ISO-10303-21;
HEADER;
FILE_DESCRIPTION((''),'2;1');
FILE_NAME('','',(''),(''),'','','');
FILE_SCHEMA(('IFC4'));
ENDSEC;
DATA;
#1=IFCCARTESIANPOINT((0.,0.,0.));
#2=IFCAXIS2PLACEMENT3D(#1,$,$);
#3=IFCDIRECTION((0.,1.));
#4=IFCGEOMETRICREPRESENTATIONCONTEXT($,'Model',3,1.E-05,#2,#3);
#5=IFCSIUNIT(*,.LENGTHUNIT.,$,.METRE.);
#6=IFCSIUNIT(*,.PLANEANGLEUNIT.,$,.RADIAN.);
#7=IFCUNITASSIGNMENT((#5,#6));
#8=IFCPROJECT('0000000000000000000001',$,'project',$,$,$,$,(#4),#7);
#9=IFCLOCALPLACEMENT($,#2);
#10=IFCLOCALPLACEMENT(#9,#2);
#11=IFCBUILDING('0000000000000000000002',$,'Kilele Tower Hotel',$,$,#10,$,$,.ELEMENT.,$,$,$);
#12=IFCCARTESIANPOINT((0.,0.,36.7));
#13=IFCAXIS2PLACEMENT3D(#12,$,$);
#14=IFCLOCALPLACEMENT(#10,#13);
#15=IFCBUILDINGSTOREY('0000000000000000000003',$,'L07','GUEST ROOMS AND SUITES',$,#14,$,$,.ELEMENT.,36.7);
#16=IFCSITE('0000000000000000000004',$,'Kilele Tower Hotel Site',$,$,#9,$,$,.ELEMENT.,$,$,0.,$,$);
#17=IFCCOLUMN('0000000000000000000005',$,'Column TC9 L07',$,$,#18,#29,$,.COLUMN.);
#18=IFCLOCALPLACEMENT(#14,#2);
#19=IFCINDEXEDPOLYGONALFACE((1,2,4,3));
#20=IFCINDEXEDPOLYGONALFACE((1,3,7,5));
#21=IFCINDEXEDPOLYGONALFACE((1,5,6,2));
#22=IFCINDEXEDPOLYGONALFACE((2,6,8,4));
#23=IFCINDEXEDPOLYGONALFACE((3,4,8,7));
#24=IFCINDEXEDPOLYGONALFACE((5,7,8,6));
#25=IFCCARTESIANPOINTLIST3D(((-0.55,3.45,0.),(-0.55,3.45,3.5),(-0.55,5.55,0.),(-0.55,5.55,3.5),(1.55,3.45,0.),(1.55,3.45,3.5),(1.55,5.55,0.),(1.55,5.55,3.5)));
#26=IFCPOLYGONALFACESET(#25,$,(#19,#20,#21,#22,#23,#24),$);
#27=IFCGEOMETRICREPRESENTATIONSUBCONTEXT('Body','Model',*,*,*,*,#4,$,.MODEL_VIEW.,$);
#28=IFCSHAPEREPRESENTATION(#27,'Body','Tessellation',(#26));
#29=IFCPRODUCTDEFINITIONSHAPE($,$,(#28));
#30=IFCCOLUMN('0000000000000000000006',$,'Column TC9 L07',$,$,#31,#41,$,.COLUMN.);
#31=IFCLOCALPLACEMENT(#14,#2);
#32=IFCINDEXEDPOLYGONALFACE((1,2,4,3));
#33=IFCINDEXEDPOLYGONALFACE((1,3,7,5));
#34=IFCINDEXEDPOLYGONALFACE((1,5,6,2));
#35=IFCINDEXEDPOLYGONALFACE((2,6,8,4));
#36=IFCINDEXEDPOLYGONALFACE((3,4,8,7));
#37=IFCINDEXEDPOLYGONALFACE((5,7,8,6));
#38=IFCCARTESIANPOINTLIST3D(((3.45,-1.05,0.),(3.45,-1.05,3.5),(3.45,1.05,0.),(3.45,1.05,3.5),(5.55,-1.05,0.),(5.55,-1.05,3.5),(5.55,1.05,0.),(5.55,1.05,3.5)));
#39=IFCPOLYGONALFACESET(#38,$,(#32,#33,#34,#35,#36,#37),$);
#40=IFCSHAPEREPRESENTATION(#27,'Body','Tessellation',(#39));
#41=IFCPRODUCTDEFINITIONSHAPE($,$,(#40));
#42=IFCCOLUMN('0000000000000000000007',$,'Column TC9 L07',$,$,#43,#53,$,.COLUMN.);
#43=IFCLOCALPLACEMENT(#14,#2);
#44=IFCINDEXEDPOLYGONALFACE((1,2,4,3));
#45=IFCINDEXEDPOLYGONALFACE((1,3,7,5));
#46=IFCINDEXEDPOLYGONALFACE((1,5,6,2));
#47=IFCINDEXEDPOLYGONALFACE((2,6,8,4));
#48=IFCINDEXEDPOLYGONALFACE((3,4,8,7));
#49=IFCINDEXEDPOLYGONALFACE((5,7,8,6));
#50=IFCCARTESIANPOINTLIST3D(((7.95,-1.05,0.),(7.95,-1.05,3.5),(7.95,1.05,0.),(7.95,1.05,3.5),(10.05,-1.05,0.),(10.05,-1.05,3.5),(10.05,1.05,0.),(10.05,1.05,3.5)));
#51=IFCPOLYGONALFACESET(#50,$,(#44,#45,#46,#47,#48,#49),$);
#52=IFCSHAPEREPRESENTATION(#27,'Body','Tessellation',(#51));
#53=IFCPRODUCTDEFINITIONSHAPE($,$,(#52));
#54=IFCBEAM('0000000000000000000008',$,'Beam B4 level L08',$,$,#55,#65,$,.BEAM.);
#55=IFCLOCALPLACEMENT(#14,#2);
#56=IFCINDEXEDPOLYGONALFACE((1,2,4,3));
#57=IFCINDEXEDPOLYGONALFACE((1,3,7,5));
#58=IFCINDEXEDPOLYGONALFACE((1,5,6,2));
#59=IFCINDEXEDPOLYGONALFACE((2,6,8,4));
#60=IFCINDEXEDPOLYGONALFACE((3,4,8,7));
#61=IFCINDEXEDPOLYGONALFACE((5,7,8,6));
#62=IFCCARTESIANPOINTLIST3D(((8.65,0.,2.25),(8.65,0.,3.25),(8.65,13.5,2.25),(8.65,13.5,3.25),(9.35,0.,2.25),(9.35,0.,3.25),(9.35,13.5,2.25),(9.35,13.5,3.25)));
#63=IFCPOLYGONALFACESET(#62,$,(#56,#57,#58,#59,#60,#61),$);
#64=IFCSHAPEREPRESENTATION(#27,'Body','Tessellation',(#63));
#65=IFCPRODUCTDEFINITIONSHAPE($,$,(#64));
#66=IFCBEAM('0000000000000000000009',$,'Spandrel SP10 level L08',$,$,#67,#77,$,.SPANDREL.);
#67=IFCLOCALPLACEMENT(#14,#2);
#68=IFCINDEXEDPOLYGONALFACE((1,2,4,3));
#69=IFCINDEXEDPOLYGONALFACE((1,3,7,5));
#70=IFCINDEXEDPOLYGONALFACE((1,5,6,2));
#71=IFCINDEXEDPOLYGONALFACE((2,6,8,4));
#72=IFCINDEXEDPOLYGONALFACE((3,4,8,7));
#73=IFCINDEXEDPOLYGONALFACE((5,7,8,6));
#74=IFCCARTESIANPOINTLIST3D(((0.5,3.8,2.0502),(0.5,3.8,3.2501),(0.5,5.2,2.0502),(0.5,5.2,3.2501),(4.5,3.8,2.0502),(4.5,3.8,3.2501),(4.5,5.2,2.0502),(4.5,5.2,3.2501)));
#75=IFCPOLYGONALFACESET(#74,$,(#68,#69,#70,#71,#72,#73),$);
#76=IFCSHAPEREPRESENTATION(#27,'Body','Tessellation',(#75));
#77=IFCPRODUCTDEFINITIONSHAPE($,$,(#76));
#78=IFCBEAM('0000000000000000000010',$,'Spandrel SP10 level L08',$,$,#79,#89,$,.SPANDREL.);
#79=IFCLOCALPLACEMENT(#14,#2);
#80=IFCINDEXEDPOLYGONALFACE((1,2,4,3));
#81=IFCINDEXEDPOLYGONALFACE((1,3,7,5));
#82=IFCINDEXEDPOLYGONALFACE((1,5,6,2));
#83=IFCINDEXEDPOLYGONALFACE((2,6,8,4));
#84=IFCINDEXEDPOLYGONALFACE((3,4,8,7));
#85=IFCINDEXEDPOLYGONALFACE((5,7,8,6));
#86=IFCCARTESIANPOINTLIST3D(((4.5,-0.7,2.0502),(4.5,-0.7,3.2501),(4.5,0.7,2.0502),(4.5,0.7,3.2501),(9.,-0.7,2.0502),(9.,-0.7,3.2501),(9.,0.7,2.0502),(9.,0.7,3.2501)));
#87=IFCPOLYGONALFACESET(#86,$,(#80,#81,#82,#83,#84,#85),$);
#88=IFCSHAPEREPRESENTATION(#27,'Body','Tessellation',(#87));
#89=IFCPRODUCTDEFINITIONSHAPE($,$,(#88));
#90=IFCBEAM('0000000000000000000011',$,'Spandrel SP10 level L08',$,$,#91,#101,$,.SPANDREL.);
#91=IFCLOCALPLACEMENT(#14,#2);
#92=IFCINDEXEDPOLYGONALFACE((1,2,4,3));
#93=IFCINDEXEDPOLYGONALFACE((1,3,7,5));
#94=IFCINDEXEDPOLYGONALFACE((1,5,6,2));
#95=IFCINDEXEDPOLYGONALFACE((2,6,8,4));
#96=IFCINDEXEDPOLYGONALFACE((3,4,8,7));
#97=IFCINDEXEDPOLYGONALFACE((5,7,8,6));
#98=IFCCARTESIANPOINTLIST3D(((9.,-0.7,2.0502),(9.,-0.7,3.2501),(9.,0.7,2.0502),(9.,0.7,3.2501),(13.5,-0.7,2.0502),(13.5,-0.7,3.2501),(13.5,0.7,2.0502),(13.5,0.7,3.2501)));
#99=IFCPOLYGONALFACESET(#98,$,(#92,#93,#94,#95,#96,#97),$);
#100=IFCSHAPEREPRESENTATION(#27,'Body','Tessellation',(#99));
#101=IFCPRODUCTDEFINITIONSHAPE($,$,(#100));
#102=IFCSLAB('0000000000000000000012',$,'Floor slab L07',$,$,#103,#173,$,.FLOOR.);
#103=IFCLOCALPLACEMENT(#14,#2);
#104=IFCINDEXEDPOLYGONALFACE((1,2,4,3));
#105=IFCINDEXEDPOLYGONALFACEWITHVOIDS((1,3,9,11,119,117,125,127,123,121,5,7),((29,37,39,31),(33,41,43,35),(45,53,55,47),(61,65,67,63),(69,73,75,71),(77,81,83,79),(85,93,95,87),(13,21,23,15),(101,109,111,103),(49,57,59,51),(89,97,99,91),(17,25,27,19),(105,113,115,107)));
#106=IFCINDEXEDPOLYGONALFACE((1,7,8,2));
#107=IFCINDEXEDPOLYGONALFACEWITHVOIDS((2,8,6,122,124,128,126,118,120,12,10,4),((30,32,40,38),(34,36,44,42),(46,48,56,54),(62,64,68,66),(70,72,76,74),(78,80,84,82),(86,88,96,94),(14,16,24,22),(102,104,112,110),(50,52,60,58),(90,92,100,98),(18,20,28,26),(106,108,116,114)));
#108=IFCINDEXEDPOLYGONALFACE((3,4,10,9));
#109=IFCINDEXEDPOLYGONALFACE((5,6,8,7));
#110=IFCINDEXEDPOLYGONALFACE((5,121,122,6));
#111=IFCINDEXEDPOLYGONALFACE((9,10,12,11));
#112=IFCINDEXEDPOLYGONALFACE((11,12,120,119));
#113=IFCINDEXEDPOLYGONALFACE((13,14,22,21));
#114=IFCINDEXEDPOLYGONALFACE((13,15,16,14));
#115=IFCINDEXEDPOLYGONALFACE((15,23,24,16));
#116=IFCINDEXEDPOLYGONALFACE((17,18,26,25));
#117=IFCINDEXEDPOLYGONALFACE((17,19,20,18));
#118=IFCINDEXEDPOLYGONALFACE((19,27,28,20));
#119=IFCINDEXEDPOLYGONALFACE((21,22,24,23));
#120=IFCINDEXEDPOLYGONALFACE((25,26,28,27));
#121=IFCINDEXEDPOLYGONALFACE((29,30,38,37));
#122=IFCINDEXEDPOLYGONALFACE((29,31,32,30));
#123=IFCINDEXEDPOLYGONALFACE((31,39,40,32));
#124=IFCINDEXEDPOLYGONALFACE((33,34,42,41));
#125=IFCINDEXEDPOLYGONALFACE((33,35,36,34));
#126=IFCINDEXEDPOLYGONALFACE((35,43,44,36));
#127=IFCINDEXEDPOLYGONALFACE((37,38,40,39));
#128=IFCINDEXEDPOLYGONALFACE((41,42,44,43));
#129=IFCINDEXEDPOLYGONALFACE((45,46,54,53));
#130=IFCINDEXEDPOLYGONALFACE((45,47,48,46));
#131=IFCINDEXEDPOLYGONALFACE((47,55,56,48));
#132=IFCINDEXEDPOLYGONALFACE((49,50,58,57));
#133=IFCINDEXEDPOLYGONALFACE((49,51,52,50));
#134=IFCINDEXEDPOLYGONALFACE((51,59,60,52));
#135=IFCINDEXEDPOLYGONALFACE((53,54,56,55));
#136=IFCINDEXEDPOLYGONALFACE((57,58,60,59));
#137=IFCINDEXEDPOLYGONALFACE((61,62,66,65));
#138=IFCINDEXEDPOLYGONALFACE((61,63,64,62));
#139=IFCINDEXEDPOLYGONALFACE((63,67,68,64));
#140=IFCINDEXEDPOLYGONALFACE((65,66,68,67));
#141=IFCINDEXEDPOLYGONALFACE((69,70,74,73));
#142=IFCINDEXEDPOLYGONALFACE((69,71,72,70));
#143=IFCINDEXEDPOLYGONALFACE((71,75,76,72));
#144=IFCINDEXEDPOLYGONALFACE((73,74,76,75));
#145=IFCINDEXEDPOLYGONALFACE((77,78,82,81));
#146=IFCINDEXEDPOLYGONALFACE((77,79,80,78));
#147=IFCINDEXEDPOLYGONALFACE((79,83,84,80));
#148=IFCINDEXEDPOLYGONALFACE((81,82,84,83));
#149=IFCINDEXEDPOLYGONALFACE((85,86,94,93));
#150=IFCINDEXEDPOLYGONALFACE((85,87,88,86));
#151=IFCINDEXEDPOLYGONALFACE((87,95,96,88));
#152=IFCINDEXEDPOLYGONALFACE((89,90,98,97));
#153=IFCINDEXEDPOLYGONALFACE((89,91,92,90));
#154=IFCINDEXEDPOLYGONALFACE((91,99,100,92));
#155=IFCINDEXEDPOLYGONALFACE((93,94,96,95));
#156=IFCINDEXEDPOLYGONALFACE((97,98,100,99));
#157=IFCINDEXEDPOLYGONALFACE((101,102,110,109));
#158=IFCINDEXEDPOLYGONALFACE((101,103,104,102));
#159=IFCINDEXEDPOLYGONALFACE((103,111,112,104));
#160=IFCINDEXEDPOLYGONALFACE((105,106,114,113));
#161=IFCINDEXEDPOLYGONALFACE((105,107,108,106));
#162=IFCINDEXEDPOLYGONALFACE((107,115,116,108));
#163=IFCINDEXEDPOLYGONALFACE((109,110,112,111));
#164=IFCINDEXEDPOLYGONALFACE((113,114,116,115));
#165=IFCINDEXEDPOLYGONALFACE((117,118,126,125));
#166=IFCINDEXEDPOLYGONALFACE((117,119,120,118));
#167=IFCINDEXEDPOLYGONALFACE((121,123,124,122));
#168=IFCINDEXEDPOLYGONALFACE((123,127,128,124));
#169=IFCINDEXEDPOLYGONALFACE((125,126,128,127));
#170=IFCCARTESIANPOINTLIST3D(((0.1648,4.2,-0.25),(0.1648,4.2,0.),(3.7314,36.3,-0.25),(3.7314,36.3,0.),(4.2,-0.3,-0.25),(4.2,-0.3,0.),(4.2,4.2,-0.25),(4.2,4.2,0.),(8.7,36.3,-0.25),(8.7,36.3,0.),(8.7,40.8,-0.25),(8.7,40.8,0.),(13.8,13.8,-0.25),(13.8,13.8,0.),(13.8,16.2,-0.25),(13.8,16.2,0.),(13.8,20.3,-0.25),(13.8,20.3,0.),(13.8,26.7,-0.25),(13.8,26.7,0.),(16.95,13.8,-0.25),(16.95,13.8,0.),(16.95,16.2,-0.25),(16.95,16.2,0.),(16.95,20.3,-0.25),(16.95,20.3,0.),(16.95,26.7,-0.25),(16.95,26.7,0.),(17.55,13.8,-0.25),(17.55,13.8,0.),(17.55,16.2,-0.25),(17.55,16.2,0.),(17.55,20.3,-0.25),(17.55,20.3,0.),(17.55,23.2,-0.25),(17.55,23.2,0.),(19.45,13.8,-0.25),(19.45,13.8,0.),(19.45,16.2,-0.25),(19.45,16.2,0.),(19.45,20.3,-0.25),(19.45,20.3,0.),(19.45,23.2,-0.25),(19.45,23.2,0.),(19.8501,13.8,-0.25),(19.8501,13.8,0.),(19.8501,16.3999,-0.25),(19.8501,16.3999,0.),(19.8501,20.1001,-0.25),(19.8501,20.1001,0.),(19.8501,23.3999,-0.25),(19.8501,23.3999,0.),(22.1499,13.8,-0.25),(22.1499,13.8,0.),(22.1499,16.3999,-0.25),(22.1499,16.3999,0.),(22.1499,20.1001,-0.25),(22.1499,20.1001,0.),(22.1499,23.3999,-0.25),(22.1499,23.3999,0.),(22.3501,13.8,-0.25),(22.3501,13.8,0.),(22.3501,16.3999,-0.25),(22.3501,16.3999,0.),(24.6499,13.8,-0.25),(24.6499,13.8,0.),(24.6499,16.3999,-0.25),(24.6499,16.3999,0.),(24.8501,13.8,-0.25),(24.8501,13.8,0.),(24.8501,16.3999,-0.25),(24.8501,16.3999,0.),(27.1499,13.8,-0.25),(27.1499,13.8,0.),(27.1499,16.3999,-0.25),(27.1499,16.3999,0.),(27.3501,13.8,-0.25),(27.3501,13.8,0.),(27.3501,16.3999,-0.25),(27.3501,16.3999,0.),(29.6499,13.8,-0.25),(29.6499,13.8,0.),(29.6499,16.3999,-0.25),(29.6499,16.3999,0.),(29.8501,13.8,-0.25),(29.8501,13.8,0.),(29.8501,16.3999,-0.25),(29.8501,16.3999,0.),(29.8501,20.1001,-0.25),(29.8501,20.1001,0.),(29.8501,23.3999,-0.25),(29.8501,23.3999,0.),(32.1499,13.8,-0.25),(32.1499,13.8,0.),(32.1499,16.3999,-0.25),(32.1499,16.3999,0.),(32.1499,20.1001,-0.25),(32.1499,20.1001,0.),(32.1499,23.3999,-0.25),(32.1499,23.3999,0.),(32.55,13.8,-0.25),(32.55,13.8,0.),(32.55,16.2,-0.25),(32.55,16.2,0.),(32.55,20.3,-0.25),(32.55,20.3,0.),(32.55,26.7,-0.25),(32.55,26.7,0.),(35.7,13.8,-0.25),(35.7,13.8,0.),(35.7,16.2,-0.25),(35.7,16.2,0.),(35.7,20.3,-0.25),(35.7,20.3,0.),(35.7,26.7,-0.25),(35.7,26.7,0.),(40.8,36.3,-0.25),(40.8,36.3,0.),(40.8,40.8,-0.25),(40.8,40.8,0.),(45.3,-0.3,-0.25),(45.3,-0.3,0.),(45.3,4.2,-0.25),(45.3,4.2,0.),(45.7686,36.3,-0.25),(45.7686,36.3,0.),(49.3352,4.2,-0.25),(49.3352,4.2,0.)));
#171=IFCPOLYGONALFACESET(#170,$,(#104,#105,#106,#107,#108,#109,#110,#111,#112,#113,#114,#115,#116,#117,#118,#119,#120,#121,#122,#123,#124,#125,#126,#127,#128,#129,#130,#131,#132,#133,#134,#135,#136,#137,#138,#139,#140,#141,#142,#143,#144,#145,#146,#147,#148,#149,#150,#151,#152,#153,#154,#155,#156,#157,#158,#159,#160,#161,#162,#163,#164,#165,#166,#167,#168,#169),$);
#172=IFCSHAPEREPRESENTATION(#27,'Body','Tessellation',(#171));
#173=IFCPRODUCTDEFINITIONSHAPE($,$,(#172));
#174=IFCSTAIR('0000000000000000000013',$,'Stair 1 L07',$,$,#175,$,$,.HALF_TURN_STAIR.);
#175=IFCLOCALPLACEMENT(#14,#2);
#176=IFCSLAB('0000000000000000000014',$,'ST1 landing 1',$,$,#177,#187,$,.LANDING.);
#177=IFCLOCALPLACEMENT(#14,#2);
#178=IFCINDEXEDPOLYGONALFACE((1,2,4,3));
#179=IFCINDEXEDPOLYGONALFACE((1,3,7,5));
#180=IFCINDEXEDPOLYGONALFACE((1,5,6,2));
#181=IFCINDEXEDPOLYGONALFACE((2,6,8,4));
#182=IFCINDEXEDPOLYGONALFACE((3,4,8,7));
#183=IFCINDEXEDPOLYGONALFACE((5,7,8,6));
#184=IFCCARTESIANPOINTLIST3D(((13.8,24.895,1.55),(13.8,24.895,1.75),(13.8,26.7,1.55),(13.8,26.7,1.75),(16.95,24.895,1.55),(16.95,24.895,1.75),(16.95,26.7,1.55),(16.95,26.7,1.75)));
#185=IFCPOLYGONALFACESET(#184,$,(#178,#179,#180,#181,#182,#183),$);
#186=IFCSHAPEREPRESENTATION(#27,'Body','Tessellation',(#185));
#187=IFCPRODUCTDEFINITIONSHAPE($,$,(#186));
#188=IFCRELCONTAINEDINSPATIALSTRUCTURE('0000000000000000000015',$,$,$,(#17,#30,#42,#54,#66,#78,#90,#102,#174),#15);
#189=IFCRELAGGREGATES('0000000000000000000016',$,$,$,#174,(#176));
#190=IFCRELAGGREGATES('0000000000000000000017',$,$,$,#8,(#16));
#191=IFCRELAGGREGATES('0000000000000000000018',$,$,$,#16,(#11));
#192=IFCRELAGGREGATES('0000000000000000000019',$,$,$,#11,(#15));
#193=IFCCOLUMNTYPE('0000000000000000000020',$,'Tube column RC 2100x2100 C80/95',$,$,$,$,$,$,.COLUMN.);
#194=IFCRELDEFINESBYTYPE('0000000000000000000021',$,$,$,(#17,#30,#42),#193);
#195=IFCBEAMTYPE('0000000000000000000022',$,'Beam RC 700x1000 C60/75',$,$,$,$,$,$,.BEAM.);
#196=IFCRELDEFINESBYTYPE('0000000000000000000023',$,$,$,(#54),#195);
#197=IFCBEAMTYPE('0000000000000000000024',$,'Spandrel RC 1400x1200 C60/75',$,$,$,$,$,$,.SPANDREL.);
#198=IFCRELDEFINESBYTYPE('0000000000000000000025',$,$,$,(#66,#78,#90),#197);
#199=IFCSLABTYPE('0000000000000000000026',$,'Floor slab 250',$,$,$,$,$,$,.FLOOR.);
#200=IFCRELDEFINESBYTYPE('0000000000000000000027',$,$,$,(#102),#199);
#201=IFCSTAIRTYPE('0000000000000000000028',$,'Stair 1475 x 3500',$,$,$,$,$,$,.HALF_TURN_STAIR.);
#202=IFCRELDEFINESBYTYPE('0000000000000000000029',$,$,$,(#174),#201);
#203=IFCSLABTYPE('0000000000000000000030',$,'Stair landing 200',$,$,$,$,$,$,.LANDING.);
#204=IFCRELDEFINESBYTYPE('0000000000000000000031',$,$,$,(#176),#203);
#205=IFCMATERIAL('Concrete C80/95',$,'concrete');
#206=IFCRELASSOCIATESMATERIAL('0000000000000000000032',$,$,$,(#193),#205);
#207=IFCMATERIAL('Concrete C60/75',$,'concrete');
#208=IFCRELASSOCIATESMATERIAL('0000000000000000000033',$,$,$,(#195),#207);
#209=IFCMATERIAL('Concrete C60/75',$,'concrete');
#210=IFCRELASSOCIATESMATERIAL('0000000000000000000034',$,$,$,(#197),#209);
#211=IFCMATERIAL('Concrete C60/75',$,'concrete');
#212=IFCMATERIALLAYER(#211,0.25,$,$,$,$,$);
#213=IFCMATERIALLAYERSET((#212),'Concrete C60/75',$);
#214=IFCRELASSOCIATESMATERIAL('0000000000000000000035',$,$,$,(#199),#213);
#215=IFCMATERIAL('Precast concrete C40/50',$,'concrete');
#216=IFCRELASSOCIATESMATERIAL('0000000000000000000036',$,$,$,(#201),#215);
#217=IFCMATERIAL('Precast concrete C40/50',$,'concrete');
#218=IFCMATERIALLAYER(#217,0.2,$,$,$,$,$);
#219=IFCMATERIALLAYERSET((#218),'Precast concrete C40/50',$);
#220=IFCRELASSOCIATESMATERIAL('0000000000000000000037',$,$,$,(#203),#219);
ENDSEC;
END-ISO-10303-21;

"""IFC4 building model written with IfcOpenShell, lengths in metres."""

from ifc_helpers import new_model, si_unit, direction, frame, origin, origin_2d, place, context, subcontext, project, spatial, polyline, rectangle, outline, extrude, material, layer, layer_set, material_profile, profile_set, type_object, element, aggregate, save


model = new_model("IFC4")

# Units and contexts
model_context = context("Model", 3, precision=1e-05, world=origin(), true_north=direction((0.0, 1.0)))
body_context = subcontext(model_context, "Body", "Model", "MODEL_VIEW")
ifc_project = project(units=[si_unit("LENGTHUNIT", "METRE"), si_unit("PLANEANGLEUNIT", "RADIAN")], contexts=[model_context])

# Site, building, storey
site_placement = place(None, origin())
site = spatial("IfcSite", under=ifc_project, at=site_placement, Name="Kilele Tower Hotel Site", CompositionType="ELEMENT", RefElevation=0.0)
building_placement = place(site_placement, origin())
building = spatial("IfcBuilding", under=site, at=building_placement, Name="Kilele Tower Hotel", CompositionType="ELEMENT")
storey_placement = place(building_placement, frame((0.0, 0.0, 36.7)))
storey = spatial("IfcBuildingStorey", under=building, at=storey_placement, Name="L07", Description="GUEST ROOMS AND SUITES", CompositionType="ELEMENT", Elevation=36.7)

# Columns
ifc_material_1 = material(Name="Concrete C80/95", Category="concrete")
ifc_material_profile_1 = material_profile(ifc_material_1, rectangle(XDim=2.1001, YDim=2.1001, at=origin_2d()))
ifc_profile_set_1 = profile_set([ifc_material_profile_1], Name="Concrete C80/95")
column_type = type_object("IfcColumnType", Name="Tube column RC 2100x2100 C80/95", PredefinedType="COLUMN", material=ifc_profile_set_1)
for number, where, z_axis, x_axis, name in (
    (1, (0.5, 4.5, 0.0), (0.0, 0.0, 1.0), (1.0, 0.0, 0.0), "Column TC9 L07"),
    (2, (4.5, 0.0, 0.0), (0.0, 0.0, 1.0), (1.0, 0.0, 0.0), "Column TC9 L07"),
    (3, (9.0, 0.0, 0.0), (0.0, 0.0, 1.0), (1.0, 0.0, 0.0), "Column TC9 L07"),
):
    element("IfcColumn", number, at=place(storey_placement, frame(where, z_axis=z_axis, x_axis=x_axis)), inside=storey, type_object=column_type, Name=name, PredefinedType="COLUMN", context=body_context, shape_type="SweptSolid", body=[
        extrude(rectangle(XDim=2.1001, YDim=2.1001, at=origin_2d()), origin(), (0.0, 0.0, 1.0), 3.5),
    ])

# Beams
ifc_material_2 = material(Name="Concrete C60/75", Category="concrete")
ifc_material_profile_2 = material_profile(ifc_material_2, rectangle(XDim=0.7, YDim=1.0, at=origin_2d()))
ifc_profile_set_2 = profile_set([ifc_material_profile_2], Name="Concrete C60/75")
beam_type_1 = type_object("IfcBeamType", Name="Beam RC 700x1000 C60/75", PredefinedType="BEAM", material=ifc_profile_set_2)
beam_1_placement = place(storey_placement, frame((9.0, 0.0, 2.75), z_axis=(0.0, 1.0, 0.0), x_axis=(-1.0, 0.0, 0.0)))
element("IfcBeam", 4, at=beam_1_placement, inside=storey, type_object=beam_type_1, Name="Beam B4 level L08", PredefinedType="BEAM", context=body_context, shape_type="SweptSolid", body=[
    extrude(rectangle(XDim=0.7, YDim=1.0, at=origin_2d()), origin(), (0.0, 0.0, 1.0), 13.5),
])
ifc_material_3 = material(Name="Concrete C60/75", Category="concrete")
ifc_material_profile_3 = material_profile(ifc_material_3, rectangle(XDim=1.3999, YDim=1.2, at=origin_2d()))
ifc_profile_set_3 = profile_set([ifc_material_profile_3], Name="Concrete C60/75")
beam_type_2 = type_object("IfcBeamType", Name="Spandrel RC 1400x1200 C60/75", PredefinedType="SPANDREL", material=ifc_profile_set_3)
beam_2_placement = place(storey_placement, frame((0.5, 4.5, 2.6501), z_axis=(1.0, 0.0, 0.0), x_axis=(0.0, 1.0, 0.0)))
element("IfcBeam", 5, at=beam_2_placement, inside=storey, type_object=beam_type_2, Name="Spandrel SP10 level L08", PredefinedType="SPANDREL", context=body_context, shape_type="SweptSolid", body=[
    extrude(rectangle(XDim=1.3999, YDim=1.2, at=origin_2d()), origin(), (0.0, 0.0, 1.0), 4.0),
])
for number, where, z_axis, x_axis, name in (
    (6, (4.5, 0.0, 2.6501), (1.0, 0.0, 0.0), (0.0, 1.0, 0.0), "Spandrel SP10 level L08"),
    (7, (9.0, 0.0, 2.6501), (1.0, 0.0, 0.0), (0.0, 1.0, 0.0), "Spandrel SP10 level L08"),
):
    element("IfcBeam", number, at=place(storey_placement, frame(where, z_axis=z_axis, x_axis=x_axis)), inside=storey, type_object=beam_type_2, Name=name, PredefinedType="SPANDREL", context=body_context, shape_type="SweptSolid", body=[
        extrude(rectangle(XDim=1.3999, YDim=1.2, at=origin_2d()), origin(), (0.0, 0.0, 1.0), 4.5),
    ])

# Slab
ifc_material_4 = material(Name="Concrete C60/75", Category="concrete")
ifc_layer_1 = layer(ifc_material_4, 0.25)
ifc_layer_set_1 = layer_set([ifc_layer_1], Name="Concrete C60/75")
slab_type_1 = type_object("IfcSlabType", Name="Floor slab 250", PredefinedType="FLOOR", material=ifc_layer_set_1)
slab_1_placement = place(storey_placement, frame((0.0, 0.0, -0.25)))
element("IfcSlab", 8, at=slab_1_placement, inside=storey, type_object=slab_type_1, Name="Floor slab L07", PredefinedType="FLOOR", context=body_context, shape_type="SweptSolid", body=[
    extrude(outline(polyline([(8.7, 36.3), (8.7, 40.8), (40.8, 40.8), (40.8, 36.3), (45.7686, 36.3), (49.3352, 4.2), (45.3, 4.2), (45.3, -0.3), (4.2, -0.3), (4.2, 4.2), (0.1648, 4.2), (3.7314, 36.3), (8.7, 36.3)]), holes=[polyline([(16.95, 16.2), (13.8, 16.2), (13.8, 13.8), (16.95, 13.8), (16.95, 16.2)]), polyline([(19.45, 13.8), (19.45, 16.2), (17.55, 16.2), (17.55, 13.8), (19.45, 13.8)]), polyline([(22.1499, 13.8), (22.1499, 16.3999), (19.8501, 16.3999), (19.8501, 13.8), (22.1499, 13.8)]), polyline([(24.6499, 16.3999), (22.3501, 16.3999), (22.3501, 13.8), (24.6499, 13.8), (24.6499, 16.3999)]), polyline([(19.45, 20.3), (19.45, 23.2), (17.55, 23.2), (17.55, 20.3), (19.45, 20.3)]), polyline([(22.1499, 20.1001), (22.1499, 23.3999), (19.8501, 23.3999), (19.8501, 20.1001), (22.1499, 20.1001)]), polyline([(16.95, 26.7), (13.8, 26.7), (13.8, 20.3), (16.95, 20.3), (16.95, 26.7)]), polyline([(35.7, 13.8), (35.7, 16.2), (32.55, 16.2), (32.55, 13.8), (35.7, 13.8)]), polyline([(27.1499, 13.8), (27.1499, 16.3999), (24.8501, 16.3999), (24.8501, 13.8), (27.1499, 13.8)]), polyline([(29.6499, 13.8), (29.6499, 16.3999), (27.3501, 16.3999), (27.3501, 13.8), (29.6499, 13.8)]), polyline([(32.1499, 13.8), (32.1499, 16.3999), (29.8501, 16.3999), (29.8501, 13.8), (32.1499, 13.8)]), polyline([(32.1499, 20.1001), (32.1499, 23.3999), (29.8501, 23.3999), (29.8501, 20.1001), (32.1499, 20.1001)]), polyline([(35.7, 20.3), (35.7, 26.7), (32.55, 26.7), (32.55, 20.3), (35.7, 20.3)])]), origin(), (0.0, 0.0, 1.0), 0.25),
])

# Stair, slab
ifc_material_5 = material(Name="Precast concrete C40/50", Category="concrete")
stair_type = type_object("IfcStairType", Name="Stair 1475 x 3500", PredefinedType="HALF_TURN_STAIR", material=ifc_material_5)
stair_1_placement = place(storey_placement, origin())
stair_1 = element("IfcStair", 9, at=stair_1_placement, inside=storey, type_object=stair_type, Name="Stair 1 L07", PredefinedType="HALF_TURN_STAIR")
ifc_material_6 = material(Name="Precast concrete C40/50", Category="concrete")
ifc_layer_2 = layer(ifc_material_6, 0.2)
ifc_layer_set_2 = layer_set([ifc_layer_2], Name="Precast concrete C40/50")
slab_type_2 = type_object("IfcSlabType", Name="Stair landing 200", PredefinedType="LANDING", material=ifc_layer_set_2)
slab_2_placement = place(storey_placement, frame((0.0, 0.0, 1.55)))
slab_2 = element("IfcSlab", 10, at=slab_2_placement, type_object=slab_type_2, Name="ST1 landing 1", PredefinedType="LANDING", context=body_context, shape_type="SweptSolid", body=[
    extrude(outline(polyline([(13.8, 24.895), (16.95, 24.895), (16.95, 26.7), (13.8, 26.7), (13.8, 24.895)])), origin(), (0.0, 0.0, 1.0), 0.2),
])
aggregate(stair_1, [slab_2])

save(model, "model.ifc")
